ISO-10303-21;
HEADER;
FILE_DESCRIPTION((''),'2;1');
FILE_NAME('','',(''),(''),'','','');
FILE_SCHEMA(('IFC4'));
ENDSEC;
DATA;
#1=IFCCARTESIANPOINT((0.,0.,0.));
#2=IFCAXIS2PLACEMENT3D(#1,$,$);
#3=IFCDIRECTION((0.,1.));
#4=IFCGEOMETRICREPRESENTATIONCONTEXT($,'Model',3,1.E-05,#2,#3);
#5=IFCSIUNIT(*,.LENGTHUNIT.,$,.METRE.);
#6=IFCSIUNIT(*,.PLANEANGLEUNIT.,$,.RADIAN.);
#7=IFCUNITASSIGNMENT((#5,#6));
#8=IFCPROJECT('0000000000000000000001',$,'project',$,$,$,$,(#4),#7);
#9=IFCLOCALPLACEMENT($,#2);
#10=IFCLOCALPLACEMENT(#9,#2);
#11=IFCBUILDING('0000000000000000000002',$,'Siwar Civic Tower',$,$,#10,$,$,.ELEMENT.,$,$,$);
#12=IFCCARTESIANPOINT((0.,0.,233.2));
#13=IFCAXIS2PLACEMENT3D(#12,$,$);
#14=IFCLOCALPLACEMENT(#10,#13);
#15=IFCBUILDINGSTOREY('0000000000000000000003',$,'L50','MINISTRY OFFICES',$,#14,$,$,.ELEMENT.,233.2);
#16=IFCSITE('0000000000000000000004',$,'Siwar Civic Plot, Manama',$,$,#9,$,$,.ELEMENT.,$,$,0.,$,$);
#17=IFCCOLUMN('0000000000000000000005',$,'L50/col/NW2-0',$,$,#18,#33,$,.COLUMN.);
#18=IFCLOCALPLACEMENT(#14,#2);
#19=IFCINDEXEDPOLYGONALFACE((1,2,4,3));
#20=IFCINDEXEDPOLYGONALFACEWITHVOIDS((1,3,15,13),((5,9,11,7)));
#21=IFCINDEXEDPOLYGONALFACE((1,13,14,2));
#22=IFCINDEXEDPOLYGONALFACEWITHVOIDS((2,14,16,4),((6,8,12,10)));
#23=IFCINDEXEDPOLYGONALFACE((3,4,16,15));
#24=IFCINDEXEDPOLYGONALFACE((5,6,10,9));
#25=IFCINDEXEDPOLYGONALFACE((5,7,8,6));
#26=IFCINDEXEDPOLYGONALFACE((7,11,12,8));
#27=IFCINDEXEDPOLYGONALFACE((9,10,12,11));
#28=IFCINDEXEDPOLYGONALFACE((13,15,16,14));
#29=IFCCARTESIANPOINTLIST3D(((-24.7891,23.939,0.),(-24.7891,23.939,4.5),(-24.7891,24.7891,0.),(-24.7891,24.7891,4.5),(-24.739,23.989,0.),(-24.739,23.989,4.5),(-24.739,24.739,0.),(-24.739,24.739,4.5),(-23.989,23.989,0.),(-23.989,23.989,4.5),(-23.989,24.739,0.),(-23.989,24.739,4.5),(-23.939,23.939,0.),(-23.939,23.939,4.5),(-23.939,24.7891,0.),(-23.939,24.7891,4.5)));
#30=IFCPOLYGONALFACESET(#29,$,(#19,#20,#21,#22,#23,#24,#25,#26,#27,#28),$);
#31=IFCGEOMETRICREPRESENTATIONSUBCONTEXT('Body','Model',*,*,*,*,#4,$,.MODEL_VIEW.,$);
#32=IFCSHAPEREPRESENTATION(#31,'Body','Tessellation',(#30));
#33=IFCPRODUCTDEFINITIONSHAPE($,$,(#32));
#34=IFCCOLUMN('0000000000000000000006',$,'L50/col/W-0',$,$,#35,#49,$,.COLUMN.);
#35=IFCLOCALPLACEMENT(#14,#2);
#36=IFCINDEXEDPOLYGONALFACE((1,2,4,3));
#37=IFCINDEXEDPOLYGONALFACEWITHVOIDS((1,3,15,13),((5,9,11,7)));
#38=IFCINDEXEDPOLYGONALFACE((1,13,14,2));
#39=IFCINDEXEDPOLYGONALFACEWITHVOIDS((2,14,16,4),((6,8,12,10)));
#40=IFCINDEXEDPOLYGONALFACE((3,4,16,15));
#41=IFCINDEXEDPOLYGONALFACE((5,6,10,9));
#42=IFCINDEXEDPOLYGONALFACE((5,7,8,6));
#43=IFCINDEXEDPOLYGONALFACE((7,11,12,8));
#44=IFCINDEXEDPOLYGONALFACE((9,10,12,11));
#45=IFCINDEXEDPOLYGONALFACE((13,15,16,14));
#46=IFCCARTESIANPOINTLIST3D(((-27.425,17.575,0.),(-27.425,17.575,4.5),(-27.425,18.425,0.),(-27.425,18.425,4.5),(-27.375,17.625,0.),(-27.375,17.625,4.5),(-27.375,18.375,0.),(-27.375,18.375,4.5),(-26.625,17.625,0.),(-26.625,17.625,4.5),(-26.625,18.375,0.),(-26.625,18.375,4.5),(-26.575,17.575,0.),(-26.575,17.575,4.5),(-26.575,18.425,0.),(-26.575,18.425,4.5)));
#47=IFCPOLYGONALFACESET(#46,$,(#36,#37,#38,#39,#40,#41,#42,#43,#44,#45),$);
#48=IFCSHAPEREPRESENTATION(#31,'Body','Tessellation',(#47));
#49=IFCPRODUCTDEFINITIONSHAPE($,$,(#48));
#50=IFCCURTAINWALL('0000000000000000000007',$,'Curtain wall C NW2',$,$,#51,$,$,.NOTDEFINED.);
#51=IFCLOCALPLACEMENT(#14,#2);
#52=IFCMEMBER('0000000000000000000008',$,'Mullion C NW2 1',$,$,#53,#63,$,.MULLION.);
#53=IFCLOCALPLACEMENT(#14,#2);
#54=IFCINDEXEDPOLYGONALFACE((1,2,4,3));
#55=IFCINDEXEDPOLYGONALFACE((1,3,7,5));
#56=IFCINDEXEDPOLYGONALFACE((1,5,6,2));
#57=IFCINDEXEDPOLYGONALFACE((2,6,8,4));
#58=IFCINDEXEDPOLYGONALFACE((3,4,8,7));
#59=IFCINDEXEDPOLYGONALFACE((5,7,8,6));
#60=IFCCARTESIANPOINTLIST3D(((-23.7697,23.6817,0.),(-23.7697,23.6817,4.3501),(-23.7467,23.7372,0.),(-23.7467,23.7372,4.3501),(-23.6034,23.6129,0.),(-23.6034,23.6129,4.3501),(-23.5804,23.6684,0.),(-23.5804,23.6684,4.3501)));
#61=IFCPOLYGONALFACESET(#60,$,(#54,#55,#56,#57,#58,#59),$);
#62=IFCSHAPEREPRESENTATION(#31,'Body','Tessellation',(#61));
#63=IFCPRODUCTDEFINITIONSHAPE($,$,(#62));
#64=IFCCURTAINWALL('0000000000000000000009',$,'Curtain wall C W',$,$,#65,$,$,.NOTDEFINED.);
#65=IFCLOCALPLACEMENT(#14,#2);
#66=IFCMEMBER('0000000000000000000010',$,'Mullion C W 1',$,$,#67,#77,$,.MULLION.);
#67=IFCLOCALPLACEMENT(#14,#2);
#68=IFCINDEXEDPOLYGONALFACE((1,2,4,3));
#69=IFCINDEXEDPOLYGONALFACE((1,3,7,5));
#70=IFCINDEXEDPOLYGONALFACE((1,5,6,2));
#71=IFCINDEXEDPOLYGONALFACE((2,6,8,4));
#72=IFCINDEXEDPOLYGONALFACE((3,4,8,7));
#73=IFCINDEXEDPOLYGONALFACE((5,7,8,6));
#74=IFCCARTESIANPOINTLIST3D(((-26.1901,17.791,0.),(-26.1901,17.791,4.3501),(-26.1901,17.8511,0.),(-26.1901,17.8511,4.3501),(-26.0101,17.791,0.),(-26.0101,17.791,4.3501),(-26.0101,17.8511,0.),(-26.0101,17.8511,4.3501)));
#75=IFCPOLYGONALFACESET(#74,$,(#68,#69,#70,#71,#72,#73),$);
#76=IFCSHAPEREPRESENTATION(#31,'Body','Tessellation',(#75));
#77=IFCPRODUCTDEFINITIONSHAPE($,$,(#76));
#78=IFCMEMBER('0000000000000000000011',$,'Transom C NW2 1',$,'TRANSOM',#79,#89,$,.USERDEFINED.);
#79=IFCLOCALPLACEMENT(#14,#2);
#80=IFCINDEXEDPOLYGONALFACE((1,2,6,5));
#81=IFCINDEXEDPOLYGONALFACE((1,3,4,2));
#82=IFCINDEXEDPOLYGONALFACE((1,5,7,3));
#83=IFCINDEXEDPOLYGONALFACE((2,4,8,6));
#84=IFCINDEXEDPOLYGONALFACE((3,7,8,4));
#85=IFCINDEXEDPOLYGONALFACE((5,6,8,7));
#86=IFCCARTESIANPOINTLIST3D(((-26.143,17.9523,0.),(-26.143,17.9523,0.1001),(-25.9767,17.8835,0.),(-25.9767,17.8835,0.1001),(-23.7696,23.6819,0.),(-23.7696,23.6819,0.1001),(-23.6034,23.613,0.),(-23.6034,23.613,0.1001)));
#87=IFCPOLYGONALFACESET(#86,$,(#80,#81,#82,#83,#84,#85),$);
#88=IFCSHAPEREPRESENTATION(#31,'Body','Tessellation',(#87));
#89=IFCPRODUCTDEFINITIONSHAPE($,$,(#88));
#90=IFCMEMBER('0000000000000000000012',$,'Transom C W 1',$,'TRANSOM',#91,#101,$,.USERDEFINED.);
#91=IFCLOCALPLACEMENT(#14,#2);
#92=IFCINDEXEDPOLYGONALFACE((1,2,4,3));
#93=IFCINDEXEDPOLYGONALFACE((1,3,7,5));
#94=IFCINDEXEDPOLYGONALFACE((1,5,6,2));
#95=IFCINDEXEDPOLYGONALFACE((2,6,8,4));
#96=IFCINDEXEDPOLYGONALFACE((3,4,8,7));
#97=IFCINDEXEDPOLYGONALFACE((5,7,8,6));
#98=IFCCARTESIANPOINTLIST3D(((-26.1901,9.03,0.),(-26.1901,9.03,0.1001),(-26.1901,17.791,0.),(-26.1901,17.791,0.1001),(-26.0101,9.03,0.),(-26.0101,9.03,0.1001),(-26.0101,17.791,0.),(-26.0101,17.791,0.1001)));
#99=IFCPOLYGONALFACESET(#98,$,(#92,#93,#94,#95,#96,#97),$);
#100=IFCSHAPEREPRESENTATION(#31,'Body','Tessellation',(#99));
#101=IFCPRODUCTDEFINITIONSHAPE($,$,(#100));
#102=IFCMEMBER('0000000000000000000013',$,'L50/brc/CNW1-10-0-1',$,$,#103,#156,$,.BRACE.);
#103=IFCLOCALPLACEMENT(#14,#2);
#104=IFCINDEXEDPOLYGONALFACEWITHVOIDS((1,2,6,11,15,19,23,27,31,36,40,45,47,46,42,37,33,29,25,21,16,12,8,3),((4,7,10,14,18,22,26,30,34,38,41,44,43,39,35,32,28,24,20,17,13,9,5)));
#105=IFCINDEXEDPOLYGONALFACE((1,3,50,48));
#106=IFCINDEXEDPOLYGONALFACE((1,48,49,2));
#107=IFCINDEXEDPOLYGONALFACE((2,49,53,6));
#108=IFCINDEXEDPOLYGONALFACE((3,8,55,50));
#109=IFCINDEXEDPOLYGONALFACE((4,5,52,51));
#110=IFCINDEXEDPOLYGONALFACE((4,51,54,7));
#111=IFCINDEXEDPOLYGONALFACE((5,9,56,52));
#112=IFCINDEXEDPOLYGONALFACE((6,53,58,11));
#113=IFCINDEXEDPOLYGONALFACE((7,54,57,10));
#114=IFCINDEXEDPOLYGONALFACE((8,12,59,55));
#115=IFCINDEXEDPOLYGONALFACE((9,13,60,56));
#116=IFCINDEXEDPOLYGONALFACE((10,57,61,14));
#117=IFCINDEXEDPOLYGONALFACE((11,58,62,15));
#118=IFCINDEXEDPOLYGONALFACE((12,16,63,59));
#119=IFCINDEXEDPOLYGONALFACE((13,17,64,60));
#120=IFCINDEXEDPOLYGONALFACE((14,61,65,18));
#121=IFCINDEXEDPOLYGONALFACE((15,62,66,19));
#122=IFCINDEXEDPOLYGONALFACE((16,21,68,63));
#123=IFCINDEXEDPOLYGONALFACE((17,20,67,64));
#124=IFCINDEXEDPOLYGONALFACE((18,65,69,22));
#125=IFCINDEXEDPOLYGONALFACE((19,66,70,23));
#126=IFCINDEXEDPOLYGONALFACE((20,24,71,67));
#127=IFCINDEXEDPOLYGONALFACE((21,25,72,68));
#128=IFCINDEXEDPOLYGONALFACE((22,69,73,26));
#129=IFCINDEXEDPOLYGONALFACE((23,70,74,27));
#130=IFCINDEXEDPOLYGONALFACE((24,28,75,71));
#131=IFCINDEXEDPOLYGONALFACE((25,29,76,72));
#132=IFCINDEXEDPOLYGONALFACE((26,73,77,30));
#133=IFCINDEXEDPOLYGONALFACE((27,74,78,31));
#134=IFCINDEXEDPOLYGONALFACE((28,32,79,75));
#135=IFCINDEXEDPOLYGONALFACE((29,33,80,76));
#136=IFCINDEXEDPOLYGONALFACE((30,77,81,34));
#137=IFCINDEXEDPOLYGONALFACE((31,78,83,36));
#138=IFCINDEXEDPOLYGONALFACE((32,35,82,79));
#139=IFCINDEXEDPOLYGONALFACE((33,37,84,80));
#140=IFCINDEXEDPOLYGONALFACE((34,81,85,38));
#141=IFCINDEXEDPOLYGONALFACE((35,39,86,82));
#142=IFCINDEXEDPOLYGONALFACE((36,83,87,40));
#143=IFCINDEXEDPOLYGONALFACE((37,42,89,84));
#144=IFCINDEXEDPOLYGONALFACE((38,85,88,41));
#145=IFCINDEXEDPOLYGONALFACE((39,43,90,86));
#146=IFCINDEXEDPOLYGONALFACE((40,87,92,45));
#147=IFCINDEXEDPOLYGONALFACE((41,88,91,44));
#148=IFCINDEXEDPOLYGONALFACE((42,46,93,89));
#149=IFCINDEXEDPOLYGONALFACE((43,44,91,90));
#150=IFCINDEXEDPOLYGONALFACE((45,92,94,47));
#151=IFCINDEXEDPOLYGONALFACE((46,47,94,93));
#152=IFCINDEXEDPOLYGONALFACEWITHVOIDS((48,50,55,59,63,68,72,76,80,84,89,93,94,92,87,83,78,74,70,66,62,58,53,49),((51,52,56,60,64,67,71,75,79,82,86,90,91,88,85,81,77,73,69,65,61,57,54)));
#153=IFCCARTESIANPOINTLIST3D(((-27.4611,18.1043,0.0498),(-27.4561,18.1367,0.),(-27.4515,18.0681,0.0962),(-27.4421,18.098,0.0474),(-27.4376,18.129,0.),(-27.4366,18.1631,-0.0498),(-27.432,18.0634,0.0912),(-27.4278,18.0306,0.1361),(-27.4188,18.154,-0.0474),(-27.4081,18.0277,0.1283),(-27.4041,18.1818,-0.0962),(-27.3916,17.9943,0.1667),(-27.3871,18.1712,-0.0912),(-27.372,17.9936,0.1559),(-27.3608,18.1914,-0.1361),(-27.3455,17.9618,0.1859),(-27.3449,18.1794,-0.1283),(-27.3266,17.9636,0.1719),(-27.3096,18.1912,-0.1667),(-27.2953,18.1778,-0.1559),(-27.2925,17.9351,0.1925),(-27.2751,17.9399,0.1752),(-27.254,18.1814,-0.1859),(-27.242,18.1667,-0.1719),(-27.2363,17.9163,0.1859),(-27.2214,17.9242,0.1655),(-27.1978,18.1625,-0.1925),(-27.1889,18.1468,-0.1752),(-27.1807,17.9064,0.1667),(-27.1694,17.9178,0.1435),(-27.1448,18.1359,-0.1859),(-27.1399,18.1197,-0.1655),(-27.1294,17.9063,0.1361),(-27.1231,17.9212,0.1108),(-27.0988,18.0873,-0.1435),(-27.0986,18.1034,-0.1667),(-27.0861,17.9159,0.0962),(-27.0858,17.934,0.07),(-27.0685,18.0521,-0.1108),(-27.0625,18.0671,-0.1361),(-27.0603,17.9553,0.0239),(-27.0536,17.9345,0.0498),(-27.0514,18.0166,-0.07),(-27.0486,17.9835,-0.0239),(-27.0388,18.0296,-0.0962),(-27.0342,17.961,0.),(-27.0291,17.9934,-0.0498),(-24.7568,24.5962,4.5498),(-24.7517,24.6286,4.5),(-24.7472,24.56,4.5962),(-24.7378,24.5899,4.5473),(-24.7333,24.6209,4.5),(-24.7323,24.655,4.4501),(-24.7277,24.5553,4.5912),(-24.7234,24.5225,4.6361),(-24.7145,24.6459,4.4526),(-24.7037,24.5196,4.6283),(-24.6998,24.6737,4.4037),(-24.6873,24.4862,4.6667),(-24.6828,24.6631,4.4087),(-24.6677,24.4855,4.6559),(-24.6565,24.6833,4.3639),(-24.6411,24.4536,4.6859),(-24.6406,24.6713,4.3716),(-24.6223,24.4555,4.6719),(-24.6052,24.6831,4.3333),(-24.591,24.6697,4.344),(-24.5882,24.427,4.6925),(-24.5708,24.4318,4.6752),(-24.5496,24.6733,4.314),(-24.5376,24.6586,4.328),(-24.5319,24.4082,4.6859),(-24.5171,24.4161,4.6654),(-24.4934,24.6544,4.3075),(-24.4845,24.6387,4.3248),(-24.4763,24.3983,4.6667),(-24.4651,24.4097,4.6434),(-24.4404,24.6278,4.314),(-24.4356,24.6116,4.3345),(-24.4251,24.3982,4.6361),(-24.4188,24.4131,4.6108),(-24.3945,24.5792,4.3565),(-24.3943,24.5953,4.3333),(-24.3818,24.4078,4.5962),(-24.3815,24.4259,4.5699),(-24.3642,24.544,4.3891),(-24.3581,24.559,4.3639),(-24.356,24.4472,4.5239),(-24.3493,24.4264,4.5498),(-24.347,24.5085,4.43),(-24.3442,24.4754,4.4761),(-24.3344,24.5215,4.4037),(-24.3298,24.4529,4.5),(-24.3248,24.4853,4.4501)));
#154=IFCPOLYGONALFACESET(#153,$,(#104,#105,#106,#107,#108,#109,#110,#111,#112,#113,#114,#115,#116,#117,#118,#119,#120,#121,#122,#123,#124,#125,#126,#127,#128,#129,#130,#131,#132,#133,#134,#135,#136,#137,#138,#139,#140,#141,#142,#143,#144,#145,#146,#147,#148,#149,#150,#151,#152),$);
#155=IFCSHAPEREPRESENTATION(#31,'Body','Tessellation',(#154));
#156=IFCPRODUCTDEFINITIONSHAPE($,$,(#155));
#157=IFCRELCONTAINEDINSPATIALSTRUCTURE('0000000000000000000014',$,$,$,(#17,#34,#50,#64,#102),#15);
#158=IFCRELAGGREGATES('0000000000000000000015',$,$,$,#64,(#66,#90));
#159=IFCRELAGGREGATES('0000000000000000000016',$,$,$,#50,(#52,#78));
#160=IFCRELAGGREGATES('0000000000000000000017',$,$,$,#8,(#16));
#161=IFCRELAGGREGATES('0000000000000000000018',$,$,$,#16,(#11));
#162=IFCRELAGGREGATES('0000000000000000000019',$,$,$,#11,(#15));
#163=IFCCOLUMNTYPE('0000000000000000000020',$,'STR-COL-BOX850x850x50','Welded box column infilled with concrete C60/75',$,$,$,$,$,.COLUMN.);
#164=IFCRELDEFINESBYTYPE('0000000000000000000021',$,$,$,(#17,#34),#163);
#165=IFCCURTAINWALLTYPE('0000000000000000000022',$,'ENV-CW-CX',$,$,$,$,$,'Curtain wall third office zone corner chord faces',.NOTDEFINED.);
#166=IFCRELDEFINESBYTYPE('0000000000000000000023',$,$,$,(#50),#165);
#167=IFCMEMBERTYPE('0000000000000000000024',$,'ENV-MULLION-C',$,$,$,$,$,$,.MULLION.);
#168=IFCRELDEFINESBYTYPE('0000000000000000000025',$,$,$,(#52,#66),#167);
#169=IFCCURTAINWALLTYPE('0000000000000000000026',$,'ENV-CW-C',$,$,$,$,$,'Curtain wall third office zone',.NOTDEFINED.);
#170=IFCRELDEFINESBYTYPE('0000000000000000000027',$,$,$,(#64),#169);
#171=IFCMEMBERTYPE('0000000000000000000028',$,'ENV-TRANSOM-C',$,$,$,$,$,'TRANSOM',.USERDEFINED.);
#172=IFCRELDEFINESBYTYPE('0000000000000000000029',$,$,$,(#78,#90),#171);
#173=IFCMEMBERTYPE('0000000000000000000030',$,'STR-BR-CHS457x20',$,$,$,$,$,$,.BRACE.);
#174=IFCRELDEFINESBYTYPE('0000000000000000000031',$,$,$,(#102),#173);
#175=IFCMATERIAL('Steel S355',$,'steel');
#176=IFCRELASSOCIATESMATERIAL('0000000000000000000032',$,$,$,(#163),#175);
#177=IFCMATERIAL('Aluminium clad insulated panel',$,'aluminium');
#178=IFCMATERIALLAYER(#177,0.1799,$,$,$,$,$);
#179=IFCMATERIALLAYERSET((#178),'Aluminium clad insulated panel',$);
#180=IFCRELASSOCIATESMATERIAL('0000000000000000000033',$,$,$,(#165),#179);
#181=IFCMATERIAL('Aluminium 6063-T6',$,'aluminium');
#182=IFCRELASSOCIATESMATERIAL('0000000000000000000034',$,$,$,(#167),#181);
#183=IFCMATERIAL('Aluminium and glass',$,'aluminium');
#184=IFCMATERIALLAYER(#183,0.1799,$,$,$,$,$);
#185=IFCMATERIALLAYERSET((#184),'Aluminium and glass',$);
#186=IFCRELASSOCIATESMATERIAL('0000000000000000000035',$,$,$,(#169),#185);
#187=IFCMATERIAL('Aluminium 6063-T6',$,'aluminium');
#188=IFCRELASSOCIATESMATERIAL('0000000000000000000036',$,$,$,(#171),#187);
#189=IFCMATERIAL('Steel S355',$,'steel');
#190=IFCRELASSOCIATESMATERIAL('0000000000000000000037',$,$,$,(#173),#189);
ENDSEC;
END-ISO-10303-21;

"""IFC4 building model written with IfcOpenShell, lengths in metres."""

from ifc_helpers import new_model, si_unit, direction, frame, origin, origin_2d, place, context, subcontext, project, spatial, rectangle, hollow_rectangle, hollow_circle, extrude, material, layer, layer_set, material_profile, profile_set, type_object, element, aggregate, save


model = new_model("IFC4")

# Units and contexts
model_context = context("Model", 3, precision=1e-05, world=origin(), true_north=direction((0.0, 1.0)))
body_context = subcontext(model_context, "Body", "Model", "MODEL_VIEW")
ifc_project = project(units=[si_unit("LENGTHUNIT", "METRE"), si_unit("PLANEANGLEUNIT", "RADIAN")], contexts=[model_context])

# Site, building, storey
site_placement = place(None, origin())
site = spatial("IfcSite", under=ifc_project, at=site_placement, Name="Siwar Civic Plot, Manama", CompositionType="ELEMENT", RefElevation=0.0)
building_placement = place(site_placement, origin())
building = spatial("IfcBuilding", under=site, at=building_placement, Name="Siwar Civic Tower", CompositionType="ELEMENT")
storey_placement = place(building_placement, frame((0.0, 0.0, 233.2)))
storey = spatial("IfcBuildingStorey", under=building, at=storey_placement, Name="L50", Description="MINISTRY OFFICES", CompositionType="ELEMENT", Elevation=233.2)

# Columns
ifc_material_1 = material(Name="Steel S355", Category="steel")
ifc_material_profile_1 = material_profile(ifc_material_1, hollow_rectangle(XDim=0.8501, YDim=0.8501, WallThickness=0.05, at=origin_2d()), Name="BOX850x850x50")
ifc_profile_set_1 = profile_set([ifc_material_profile_1], Name="Steel S355")
column_type = type_object("IfcColumnType", Name="STR-COL-BOX850x850x50", Description="Welded box column infilled with concrete C60/75", PredefinedType="COLUMN", material=ifc_profile_set_1)
for number, where, z_axis, x_axis, name in (
    (1, (-24.364, 24.364, 0.0), (0.0, 0.0, 1.0), (1.0, 0.0, 0.0), "L50/col/NW2-0"),
    (2, (-27.0, 18.0, 0.0), (0.0, 0.0, 1.0), (1.0, 0.0, 0.0), "L50/col/W-0"),
):
    element("IfcColumn", number, at=place(storey_placement, frame(where, z_axis=z_axis, x_axis=x_axis)), inside=storey, type_object=column_type, Name=name, PredefinedType="COLUMN", context=body_context, shape_type="SweptSolid", body=[
        extrude(hollow_rectangle(XDim=0.8501, YDim=0.8501, WallThickness=0.05, at=origin_2d()), origin(), (0.0, 0.0, 1.0), 4.5),
    ])

# Curtain walls, members
ifc_material_2 = material(Name="Aluminium clad insulated panel", Category="aluminium")
ifc_layer_1 = layer(ifc_material_2, 0.1799)
ifc_layer_set_1 = layer_set([ifc_layer_1], Name="Aluminium clad insulated panel")
curtain_wall_type_1 = type_object("IfcCurtainWallType", Name="ENV-CW-CX", ElementType="Curtain wall third office zone corner chord faces", PredefinedType="NOTDEFINED", material=ifc_layer_set_1)
curtain_wall_1_placement = place(storey_placement, origin())
curtain_wall_1 = element("IfcCurtainWall", 3, at=curtain_wall_1_placement, inside=storey, type_object=curtain_wall_type_1, Name="Curtain wall C NW2", PredefinedType="NOTDEFINED")
ifc_material_3 = material(Name="Aluminium 6063-T6", Category="aluminium")
ifc_material_profile_2 = material_profile(ifc_material_3, rectangle(XDim=0.1799, YDim=0.0601, at=origin_2d()), Name="AL 180x60")
ifc_profile_set_2 = profile_set([ifc_material_profile_2], Name="Aluminium 6063-T6")
member_type_1 = type_object("IfcMemberType", Name="ENV-MULLION-C", PredefinedType="MULLION", material=ifc_profile_set_2)
member_1_placement = place(storey_placement, frame((-23.675, 23.675, 0.0), z_axis=(0.0, 0.0, 1.0), x_axis=(0.92388, -0.382683, 0.0)))
member_1 = element("IfcMember", 4, at=member_1_placement, type_object=member_type_1, Name="Mullion C NW2 1", PredefinedType="MULLION", context=body_context, shape_type="SweptSolid", body=[
    extrude(rectangle(XDim=0.1799, YDim=0.0601, at=origin_2d()), origin(), (0.0, 0.0, 1.0), 4.3501),
])
ifc_material_4 = material(Name="Aluminium and glass", Category="aluminium")
ifc_layer_2 = layer(ifc_material_4, 0.1799)
ifc_layer_set_2 = layer_set([ifc_layer_2], Name="Aluminium and glass")
curtain_wall_type_2 = type_object("IfcCurtainWallType", Name="ENV-CW-C", ElementType="Curtain wall third office zone", PredefinedType="NOTDEFINED", material=ifc_layer_set_2)
curtain_wall_2_placement = place(storey_placement, origin())
curtain_wall_2 = element("IfcCurtainWall", 5, at=curtain_wall_2_placement, inside=storey, type_object=curtain_wall_type_2, Name="Curtain wall C W", PredefinedType="NOTDEFINED")
member_2_placement = place(storey_placement, frame((-26.1001, 17.821, 0.0), z_axis=(0.0, 0.0, 1.0), x_axis=(1.0, 0.0, 0.0)))
member_2 = element("IfcMember", 6, at=member_2_placement, type_object=member_type_1, Name="Mullion C W 1", PredefinedType="MULLION", context=body_context, shape_type="SweptSolid", body=[
    extrude(rectangle(XDim=0.1799, YDim=0.0601, at=origin_2d()), origin(), (0.0, 0.0, 1.0), 4.3501),
])

# Members
ifc_material_5 = material(Name="Aluminium 6063-T6", Category="aluminium")
ifc_material_profile_3 = material_profile(ifc_material_5, rectangle(XDim=0.1799, YDim=0.1001, at=origin_2d()), Name="AL 180x100")
ifc_profile_set_3 = profile_set([ifc_material_profile_3], Name="Aluminium 6063-T6")
member_type_2 = type_object("IfcMemberType", Name="ENV-TRANSOM-C", ElementType="TRANSOM", PredefinedType="USERDEFINED", material=ifc_profile_set_3)
member_3_placement = place(storey_placement, frame((-23.6865, 23.6475, 0.05), z_axis=(-0.382691, -0.923876, 0.0), x_axis=(0.923876, -0.382691, 0.0)))
member_3 = element("IfcMember", 7, at=member_3_placement, type_object=member_type_2, Name="Transom C NW2 1", ObjectType="TRANSOM", PredefinedType="USERDEFINED", context=body_context, shape_type="SweptSolid", body=[
    extrude(rectangle(XDim=0.1799, YDim=0.1001, at=origin_2d()), origin(), (0.0, 0.0, 1.0), 6.2017),
])
member_4_placement = place(storey_placement, frame((-26.1001, 17.791, 0.05), z_axis=(0.0, -1.0, 0.0), x_axis=(1.0, 0.0, 0.0)))
member_4 = element("IfcMember", 8, at=member_4_placement, type_object=member_type_2, Name="Transom C W 1", ObjectType="TRANSOM", PredefinedType="USERDEFINED", context=body_context, shape_type="SweptSolid", body=[
    extrude(rectangle(XDim=0.1799, YDim=0.1001, at=origin_2d()), origin(), (0.0, 0.0, 1.0), 8.761),
])
aggregate(curtain_wall_2, [member_2, member_4])

# Member
ifc_material_6 = material(Name="Steel S355", Category="steel")
ifc_material_profile_4 = material_profile(ifc_material_6, hollow_circle(Radius=0.2285, WallThickness=0.02, at=origin_2d()), Name="CHS457x20")
ifc_profile_set_4 = profile_set([ifc_material_profile_4], Name="Steel S355")
member_type_3 = type_object("IfcMemberType", Name="STR-BR-CHS457x20", PredefinedType="BRACE", material=ifc_profile_set_4)
member_5_placement = place(storey_placement, frame((-27.2451, 18.0488, 0.0), z_axis=(0.323906, 0.777555, 0.538975), x_axis=(-0.923109, 0.384539, 0.0)))
element("IfcMember", 9, at=member_5_placement, inside=storey, type_object=member_type_3, Name="L50/brc/CNW1-10-0-1", PredefinedType="BRACE", context=body_context, shape_type="SweptSolid", body=[
    extrude(hollow_circle(Radius=0.2285, WallThickness=0.02, at=origin_2d()), origin(), (0.0, 0.0, 1.0), 8.3491),
])

aggregate(curtain_wall_1, [member_1, member_3])

save(model, "model.ifc")
